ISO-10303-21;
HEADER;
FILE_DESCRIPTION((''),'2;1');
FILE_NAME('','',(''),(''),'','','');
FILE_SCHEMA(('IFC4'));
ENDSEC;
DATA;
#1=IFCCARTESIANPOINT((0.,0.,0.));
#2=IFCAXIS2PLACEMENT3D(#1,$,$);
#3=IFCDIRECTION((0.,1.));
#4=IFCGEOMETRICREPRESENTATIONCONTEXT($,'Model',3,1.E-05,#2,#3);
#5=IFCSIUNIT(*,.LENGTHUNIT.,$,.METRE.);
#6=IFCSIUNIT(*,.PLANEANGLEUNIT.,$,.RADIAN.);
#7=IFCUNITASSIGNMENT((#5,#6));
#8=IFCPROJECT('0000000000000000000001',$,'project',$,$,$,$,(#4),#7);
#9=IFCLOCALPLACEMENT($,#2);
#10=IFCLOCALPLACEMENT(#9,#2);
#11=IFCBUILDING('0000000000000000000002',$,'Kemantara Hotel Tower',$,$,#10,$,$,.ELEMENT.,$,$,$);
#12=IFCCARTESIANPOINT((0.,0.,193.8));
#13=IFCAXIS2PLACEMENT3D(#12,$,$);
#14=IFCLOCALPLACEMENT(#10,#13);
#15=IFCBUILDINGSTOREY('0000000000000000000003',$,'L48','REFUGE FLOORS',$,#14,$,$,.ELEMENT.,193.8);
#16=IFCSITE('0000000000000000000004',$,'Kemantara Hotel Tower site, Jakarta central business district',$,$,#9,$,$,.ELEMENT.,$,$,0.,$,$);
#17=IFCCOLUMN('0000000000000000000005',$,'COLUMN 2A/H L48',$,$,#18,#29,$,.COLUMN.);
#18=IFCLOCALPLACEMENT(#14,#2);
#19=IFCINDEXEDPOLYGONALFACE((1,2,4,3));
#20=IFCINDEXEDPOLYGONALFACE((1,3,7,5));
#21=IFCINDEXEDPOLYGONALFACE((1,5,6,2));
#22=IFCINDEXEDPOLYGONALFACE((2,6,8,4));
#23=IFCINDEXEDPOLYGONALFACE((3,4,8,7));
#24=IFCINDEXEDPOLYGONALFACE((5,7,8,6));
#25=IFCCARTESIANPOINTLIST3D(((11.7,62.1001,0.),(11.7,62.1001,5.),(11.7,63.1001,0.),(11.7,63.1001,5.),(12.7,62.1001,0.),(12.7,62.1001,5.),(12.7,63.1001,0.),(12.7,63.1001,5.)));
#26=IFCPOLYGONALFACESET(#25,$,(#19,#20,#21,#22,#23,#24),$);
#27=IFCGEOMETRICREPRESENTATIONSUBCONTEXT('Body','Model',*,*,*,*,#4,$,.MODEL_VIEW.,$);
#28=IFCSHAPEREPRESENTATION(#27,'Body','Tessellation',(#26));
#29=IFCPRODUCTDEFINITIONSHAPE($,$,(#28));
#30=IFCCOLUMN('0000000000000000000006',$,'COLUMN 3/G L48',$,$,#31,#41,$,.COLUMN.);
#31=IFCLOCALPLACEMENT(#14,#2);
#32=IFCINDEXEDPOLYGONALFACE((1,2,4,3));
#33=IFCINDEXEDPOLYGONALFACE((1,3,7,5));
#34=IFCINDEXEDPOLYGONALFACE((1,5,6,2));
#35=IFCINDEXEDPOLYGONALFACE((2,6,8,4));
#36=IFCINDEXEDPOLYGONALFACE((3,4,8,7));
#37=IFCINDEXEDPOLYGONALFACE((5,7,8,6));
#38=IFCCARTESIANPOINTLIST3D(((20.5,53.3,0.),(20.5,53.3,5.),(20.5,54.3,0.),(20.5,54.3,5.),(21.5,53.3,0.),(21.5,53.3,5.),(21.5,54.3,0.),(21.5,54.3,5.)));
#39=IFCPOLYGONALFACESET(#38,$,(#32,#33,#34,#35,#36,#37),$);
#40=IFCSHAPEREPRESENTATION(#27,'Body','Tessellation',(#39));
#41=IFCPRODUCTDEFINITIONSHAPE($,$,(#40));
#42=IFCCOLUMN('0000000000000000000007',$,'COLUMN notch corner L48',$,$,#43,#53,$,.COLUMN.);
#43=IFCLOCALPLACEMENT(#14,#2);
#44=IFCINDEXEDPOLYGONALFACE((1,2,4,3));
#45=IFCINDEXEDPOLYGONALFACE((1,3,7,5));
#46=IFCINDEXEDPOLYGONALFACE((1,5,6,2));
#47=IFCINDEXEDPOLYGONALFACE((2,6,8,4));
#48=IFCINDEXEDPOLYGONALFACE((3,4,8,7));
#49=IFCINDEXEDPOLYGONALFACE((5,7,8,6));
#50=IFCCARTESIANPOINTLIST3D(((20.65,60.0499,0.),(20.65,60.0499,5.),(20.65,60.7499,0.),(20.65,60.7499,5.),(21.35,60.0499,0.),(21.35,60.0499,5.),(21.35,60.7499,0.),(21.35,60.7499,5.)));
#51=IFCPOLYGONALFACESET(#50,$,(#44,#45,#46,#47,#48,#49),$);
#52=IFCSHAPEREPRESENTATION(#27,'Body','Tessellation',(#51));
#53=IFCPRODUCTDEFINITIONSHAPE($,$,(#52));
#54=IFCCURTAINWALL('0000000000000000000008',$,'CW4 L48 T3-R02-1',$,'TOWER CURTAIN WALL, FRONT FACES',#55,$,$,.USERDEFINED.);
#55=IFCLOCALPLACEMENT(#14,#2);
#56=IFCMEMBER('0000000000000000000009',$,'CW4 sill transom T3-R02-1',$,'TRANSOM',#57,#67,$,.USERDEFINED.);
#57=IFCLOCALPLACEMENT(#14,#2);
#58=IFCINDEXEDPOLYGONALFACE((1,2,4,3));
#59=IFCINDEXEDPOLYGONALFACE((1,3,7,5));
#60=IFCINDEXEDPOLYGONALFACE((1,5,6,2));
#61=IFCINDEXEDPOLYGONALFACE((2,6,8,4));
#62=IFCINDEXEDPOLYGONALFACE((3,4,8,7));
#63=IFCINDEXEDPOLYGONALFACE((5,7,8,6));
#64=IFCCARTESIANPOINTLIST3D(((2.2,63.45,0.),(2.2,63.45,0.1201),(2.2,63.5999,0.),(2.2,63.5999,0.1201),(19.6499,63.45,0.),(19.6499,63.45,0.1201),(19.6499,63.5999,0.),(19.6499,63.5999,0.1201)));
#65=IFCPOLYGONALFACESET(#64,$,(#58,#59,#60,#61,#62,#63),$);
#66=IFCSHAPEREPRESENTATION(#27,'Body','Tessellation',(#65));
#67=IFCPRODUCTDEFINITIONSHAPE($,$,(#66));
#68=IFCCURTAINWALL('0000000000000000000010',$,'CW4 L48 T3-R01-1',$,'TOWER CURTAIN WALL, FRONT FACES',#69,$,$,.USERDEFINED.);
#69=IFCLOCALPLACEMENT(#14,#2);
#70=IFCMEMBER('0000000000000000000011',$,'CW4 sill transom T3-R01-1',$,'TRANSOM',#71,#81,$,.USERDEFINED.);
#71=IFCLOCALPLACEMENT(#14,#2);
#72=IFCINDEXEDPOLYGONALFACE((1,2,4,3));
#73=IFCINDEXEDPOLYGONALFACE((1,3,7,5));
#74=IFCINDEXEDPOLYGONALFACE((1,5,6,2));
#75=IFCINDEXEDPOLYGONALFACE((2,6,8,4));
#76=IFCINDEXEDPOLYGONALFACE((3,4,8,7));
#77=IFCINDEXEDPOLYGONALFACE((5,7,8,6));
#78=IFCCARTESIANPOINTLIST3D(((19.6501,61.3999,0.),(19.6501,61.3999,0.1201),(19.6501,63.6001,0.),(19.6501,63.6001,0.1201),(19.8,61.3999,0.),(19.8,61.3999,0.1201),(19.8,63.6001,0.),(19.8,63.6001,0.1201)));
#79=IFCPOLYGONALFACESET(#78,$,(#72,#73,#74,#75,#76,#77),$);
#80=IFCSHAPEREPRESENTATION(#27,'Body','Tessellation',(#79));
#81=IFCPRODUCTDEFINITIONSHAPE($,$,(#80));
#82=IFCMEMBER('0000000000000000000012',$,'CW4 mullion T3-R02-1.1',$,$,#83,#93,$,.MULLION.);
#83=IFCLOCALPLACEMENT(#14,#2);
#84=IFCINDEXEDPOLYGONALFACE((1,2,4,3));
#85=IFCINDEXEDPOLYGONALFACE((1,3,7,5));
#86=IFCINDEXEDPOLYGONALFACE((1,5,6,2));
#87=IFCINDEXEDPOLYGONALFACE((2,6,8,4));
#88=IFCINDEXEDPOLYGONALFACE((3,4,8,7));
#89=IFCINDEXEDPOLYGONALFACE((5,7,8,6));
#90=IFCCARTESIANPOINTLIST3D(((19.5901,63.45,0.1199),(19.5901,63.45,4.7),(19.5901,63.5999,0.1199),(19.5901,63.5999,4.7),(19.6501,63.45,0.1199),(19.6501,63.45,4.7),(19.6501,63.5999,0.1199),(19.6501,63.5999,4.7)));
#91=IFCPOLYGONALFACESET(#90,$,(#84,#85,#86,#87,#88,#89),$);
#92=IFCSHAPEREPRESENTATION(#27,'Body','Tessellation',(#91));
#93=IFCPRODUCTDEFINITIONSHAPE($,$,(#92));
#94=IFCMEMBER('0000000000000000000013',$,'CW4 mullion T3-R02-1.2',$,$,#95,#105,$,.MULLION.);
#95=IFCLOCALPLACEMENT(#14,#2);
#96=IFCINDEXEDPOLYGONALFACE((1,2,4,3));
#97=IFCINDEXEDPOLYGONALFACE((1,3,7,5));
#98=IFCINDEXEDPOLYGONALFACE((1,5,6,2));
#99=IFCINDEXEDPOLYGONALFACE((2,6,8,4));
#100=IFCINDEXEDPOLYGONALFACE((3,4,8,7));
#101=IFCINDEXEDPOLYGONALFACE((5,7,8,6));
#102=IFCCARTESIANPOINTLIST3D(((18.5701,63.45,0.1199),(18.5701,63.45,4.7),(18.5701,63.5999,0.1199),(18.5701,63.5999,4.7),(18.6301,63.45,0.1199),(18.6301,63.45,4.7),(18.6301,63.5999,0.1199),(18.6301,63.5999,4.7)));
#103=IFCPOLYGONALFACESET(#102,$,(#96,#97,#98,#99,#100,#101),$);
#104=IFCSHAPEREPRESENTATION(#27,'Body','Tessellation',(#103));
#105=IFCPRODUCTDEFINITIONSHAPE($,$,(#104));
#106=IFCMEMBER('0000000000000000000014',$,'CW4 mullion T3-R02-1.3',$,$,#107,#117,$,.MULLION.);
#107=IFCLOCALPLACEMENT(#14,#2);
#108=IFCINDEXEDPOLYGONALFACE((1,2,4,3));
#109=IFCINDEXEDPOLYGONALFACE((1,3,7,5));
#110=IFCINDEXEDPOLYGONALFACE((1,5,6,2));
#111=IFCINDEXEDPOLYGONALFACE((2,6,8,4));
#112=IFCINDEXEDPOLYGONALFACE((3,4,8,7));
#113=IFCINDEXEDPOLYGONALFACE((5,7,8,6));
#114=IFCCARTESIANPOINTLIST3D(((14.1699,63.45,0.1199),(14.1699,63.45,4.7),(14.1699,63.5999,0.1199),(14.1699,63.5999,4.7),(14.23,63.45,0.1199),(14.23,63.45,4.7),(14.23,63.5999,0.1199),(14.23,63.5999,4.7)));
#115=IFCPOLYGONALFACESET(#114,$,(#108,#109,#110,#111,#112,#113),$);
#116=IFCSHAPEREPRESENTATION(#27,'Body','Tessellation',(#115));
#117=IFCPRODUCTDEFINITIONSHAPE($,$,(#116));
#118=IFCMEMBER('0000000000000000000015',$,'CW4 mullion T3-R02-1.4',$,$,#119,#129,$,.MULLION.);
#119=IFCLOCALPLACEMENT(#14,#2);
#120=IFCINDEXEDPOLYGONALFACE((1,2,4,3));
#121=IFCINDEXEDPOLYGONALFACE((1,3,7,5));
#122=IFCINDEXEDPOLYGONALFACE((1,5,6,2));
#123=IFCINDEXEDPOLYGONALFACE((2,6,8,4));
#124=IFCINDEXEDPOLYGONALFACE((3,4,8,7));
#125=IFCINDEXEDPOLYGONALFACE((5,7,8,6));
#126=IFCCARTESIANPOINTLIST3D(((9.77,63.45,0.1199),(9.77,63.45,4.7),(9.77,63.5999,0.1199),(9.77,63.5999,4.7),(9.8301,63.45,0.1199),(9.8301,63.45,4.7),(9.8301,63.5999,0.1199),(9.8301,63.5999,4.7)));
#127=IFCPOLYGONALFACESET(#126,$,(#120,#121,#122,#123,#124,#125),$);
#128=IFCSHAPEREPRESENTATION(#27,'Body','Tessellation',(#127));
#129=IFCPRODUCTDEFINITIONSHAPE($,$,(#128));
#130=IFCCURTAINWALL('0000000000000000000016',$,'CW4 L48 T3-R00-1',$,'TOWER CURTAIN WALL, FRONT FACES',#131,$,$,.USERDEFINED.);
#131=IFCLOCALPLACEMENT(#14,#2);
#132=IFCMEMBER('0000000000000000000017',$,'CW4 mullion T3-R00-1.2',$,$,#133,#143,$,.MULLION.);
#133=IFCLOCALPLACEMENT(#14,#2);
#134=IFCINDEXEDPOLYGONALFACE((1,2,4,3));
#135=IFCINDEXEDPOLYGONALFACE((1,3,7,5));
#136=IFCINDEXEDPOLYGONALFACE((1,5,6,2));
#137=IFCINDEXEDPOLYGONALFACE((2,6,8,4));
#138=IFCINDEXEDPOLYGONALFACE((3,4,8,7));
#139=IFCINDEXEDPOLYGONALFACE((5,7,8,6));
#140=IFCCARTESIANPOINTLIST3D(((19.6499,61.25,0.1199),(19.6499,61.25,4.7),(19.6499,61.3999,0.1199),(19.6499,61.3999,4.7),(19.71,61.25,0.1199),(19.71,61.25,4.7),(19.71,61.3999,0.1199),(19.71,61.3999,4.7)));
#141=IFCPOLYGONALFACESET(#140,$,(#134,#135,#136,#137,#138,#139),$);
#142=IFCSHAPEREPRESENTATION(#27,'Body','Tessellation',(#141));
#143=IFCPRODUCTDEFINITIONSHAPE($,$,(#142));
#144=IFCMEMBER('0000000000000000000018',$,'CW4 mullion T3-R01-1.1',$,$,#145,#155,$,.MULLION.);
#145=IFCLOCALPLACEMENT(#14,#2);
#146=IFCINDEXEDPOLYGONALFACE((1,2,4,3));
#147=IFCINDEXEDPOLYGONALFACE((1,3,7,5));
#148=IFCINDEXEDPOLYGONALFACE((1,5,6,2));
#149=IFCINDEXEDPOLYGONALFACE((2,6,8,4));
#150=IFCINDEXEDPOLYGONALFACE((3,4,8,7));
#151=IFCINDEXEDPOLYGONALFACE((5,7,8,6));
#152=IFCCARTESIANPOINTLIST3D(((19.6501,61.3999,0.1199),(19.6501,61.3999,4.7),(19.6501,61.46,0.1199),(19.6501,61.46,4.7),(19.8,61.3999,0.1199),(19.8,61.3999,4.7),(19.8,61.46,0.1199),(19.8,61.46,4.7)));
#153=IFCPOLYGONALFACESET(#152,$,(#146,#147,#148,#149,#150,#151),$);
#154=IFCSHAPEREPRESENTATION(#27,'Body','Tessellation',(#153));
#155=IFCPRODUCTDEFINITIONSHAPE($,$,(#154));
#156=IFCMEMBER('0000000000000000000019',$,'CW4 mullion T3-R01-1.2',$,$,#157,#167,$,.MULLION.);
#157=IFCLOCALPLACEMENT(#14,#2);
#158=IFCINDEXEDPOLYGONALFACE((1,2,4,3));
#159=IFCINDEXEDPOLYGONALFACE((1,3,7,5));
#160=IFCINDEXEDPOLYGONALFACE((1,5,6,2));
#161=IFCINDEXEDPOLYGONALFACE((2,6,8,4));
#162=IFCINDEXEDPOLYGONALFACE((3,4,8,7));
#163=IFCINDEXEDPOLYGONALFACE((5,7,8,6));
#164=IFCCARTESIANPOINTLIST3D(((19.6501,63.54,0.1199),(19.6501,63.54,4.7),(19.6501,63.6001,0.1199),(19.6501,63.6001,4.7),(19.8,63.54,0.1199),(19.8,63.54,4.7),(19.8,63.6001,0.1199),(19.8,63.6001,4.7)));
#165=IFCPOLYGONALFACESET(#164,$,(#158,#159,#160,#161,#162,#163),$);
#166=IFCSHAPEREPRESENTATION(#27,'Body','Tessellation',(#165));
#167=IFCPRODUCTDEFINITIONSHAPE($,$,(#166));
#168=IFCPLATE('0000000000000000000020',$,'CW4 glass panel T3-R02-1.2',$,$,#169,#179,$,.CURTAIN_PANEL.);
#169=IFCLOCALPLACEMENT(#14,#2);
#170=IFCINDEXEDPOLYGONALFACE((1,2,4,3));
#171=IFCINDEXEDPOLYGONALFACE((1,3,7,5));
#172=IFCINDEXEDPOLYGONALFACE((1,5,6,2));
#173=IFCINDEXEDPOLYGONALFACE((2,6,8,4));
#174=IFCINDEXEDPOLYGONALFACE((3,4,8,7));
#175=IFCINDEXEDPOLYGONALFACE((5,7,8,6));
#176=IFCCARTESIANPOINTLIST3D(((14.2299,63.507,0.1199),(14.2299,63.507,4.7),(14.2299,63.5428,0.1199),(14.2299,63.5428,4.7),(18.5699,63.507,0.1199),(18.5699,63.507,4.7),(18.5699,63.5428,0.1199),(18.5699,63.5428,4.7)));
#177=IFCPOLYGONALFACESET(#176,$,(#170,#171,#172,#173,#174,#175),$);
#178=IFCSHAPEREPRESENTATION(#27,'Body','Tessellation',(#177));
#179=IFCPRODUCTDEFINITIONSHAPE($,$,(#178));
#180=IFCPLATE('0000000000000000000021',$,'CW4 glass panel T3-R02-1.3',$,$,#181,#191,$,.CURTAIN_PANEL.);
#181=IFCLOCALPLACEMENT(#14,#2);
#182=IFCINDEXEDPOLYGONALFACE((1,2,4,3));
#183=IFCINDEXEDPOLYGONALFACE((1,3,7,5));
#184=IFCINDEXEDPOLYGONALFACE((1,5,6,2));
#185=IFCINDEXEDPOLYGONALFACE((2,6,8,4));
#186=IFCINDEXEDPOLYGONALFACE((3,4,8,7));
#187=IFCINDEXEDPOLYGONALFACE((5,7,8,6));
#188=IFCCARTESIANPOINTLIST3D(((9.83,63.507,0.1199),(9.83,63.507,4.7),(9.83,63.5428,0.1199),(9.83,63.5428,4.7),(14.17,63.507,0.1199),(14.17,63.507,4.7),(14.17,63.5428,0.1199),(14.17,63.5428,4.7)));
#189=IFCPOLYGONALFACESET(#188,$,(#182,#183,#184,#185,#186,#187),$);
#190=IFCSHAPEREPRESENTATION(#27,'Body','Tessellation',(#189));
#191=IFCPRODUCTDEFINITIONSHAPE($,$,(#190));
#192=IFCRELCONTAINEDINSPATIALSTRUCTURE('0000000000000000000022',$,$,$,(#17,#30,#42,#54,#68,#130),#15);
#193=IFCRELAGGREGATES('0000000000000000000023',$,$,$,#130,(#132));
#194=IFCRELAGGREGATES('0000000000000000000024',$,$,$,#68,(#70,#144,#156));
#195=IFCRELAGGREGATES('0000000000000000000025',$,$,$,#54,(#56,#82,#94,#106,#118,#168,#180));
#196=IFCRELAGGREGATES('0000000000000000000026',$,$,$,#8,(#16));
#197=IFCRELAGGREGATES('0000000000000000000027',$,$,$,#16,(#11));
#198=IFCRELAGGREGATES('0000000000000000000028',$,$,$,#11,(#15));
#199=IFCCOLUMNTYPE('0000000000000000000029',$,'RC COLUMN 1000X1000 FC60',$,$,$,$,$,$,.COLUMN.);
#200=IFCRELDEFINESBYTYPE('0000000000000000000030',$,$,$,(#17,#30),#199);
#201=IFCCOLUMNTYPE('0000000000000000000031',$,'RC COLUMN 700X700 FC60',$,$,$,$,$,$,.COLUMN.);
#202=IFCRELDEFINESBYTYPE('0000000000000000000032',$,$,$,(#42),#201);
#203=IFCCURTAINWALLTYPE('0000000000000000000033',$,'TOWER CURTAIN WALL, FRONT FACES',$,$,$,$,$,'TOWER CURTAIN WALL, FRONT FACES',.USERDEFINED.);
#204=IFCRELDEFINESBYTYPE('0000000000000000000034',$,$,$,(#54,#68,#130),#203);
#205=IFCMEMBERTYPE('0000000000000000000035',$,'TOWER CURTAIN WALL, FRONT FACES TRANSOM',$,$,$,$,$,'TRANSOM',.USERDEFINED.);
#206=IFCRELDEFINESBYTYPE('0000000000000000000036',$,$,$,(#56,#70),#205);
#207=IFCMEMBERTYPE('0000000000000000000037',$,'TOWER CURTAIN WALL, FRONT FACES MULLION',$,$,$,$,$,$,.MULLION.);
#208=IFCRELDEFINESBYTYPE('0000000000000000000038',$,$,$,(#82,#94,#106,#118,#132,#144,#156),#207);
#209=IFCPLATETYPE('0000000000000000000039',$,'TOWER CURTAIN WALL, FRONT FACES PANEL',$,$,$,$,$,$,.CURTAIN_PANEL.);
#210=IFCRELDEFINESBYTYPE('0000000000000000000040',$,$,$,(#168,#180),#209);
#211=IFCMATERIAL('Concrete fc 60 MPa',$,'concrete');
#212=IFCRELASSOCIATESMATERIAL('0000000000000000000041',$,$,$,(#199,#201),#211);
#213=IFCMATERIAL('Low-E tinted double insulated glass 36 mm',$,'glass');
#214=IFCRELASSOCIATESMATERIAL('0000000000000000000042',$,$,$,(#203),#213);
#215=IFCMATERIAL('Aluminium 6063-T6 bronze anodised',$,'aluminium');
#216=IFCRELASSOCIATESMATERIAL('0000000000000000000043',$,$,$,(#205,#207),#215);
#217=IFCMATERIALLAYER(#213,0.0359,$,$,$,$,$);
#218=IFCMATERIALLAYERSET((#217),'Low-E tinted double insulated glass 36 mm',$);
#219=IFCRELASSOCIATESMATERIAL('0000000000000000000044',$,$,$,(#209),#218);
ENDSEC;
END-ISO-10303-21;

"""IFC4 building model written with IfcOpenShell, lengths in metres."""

from ifc_helpers import new_model, si_unit, direction, frame, origin, origin_2d, place, context, subcontext, project, spatial, rectangle, extrude, source, transform, mapped, material, layer, layer_set, material_profile, profile_set, type_object, element, aggregate, save


model = new_model("IFC4")

# Units and contexts
model_context = context("Model", 3, precision=1e-05, world=origin(), true_north=direction((0.0, 1.0)))
body_context = subcontext(model_context, "Body", "Model", "MODEL_VIEW")
ifc_project = project(units=[si_unit("LENGTHUNIT", "METRE"), si_unit("PLANEANGLEUNIT", "RADIAN")], contexts=[model_context])

# Site, building, storey
site_placement = place(None, origin())
site = spatial("IfcSite", under=ifc_project, at=site_placement, Name="Kemantara Hotel Tower site, Jakarta central business district", CompositionType="ELEMENT", RefElevation=0.0)
building_placement = place(site_placement, origin())
building = spatial("IfcBuilding", under=site, at=building_placement, Name="Kemantara Hotel Tower", CompositionType="ELEMENT")
storey_placement = place(building_placement, frame((0.0, 0.0, 193.8)))
storey = spatial("IfcBuildingStorey", under=building, at=storey_placement, Name="L48", Description="REFUGE FLOORS", CompositionType="ELEMENT", Elevation=193.8)

# Columns
ifc_material_1 = material(Name="Concrete fc 60 MPa", Category="concrete")
ifc_material_profile_1 = material_profile(ifc_material_1, rectangle(XDim=1.0, YDim=1.0, at=origin_2d()), Name="RC 1000X1000")
ifc_profile_set_1 = profile_set([ifc_material_profile_1], Name="Concrete fc 60 MPa")
column_type_1 = type_object("IfcColumnType", Name="RC COLUMN 1000X1000 FC60", PredefinedType="COLUMN", material=ifc_profile_set_1)
for number, where, z_axis, x_axis, name in (
    (1, (12.2, 62.6001, 0.0), (0.0, 0.0, 1.0), (1.0, 0.0, 0.0), "COLUMN 2A/H L48"),
    (2, (21.0, 53.8, 0.0), (0.0, 0.0, 1.0), (1.0, 0.0, 0.0), "COLUMN 3/G L48"),
):
    element("IfcColumn", number, at=place(storey_placement, frame(where, z_axis=z_axis, x_axis=x_axis)), inside=storey, type_object=column_type_1, Name=name, PredefinedType="COLUMN", context=body_context, shape_type="SweptSolid", body=[
        extrude(rectangle(XDim=1.0, YDim=1.0, at=origin_2d()), origin(), (0.0, 0.0, 1.0), 5.0),
    ])
ifc_material_profile_2 = material_profile(ifc_material_1, rectangle(XDim=0.7, YDim=0.7, at=origin_2d()), Name="RC 700X700")
ifc_profile_set_2 = profile_set([ifc_material_profile_2], Name="Concrete fc 60 MPa")
column_type_2 = type_object("IfcColumnType", Name="RC COLUMN 700X700 FC60", PredefinedType="COLUMN", material=ifc_profile_set_2)
column_placement = place(storey_placement, frame((21.0, 60.3999, 0.0), z_axis=(0.0, 0.0, 1.0), x_axis=(1.0, 0.0, 0.0)))
element("IfcColumn", 3, at=column_placement, inside=storey, type_object=column_type_2, Name="COLUMN notch corner L48", PredefinedType="COLUMN", context=body_context, shape_type="SweptSolid", body=[
    extrude(rectangle(XDim=0.7, YDim=0.7, at=origin_2d()), origin(), (0.0, 0.0, 1.0), 5.0),
])

# Curtain walls, members
ifc_material_2 = material(Name="Low-E tinted double insulated glass 36 mm", Category="glass")
curtain_wall_type = type_object("IfcCurtainWallType", Name="TOWER CURTAIN WALL, FRONT FACES", ElementType="TOWER CURTAIN WALL, FRONT FACES", PredefinedType="USERDEFINED", material=ifc_material_2)
curtain_wall_1_placement = place(storey_placement, origin())
curtain_wall_1 = element("IfcCurtainWall", 4, at=curtain_wall_1_placement, inside=storey, type_object=curtain_wall_type, Name="CW4 L48 T3-R02-1", ObjectType="TOWER CURTAIN WALL, FRONT FACES", PredefinedType="USERDEFINED")
ifc_material_3 = material(Name="Aluminium 6063-T6 bronze anodised", Category="aluminium")
ifc_material_profile_3 = material_profile(ifc_material_3, rectangle(XDim=0.1499, YDim=0.1201, at=origin_2d()), Name="TOWER CURTAIN WALL, FRONT FACES TRANSOM")
ifc_profile_set_3 = profile_set([ifc_material_profile_3], Name="Aluminium 6063-T6 bronze anodised")
member_type_1 = type_object("IfcMemberType", Name="TOWER CURTAIN WALL, FRONT FACES TRANSOM", ElementType="TRANSOM", PredefinedType="USERDEFINED", material=ifc_profile_set_3)
member_1_placement = place(storey_placement, frame((19.6499, 63.5249, 0.0601), z_axis=(-1.0, 0.0, 0.0), x_axis=(0.0, -1.0, 0.0)))
member_1 = element("IfcMember", 5, at=member_1_placement, type_object=member_type_1, Name="CW4 sill transom T3-R02-1", ObjectType="TRANSOM", PredefinedType="USERDEFINED", context=body_context, shape_type="SweptSolid", body=[
    extrude(rectangle(XDim=0.1499, YDim=0.1201, at=origin_2d()), origin(), (0.0, 0.0, 1.0), 17.45),
])
curtain_wall_2_placement = place(storey_placement, origin())
curtain_wall_2 = element("IfcCurtainWall", 6, at=curtain_wall_2_placement, inside=storey, type_object=curtain_wall_type, Name="CW4 L48 T3-R01-1", ObjectType="TOWER CURTAIN WALL, FRONT FACES", PredefinedType="USERDEFINED")
member_2_placement = place(storey_placement, frame((19.7251, 61.3999, 0.0601), z_axis=(0.0, 1.0, 0.0), x_axis=(-1.0, 0.0, 0.0)))
member_2 = element("IfcMember", 7, at=member_2_placement, type_object=member_type_1, Name="CW4 sill transom T3-R01-1", ObjectType="TRANSOM", PredefinedType="USERDEFINED", context=body_context, shape_type="SweptSolid", body=[
    extrude(rectangle(XDim=0.1499, YDim=0.1201, at=origin_2d()), origin(), (0.0, 0.0, 1.0), 2.2002),
])

# Members
ifc_material_profile_4 = material_profile(ifc_material_3, rectangle(XDim=0.1499, YDim=0.0601, at=origin_2d()), Name="TOWER CURTAIN WALL, FRONT FACES MULLION")
ifc_profile_set_4 = profile_set([ifc_material_profile_4], Name="Aluminium 6063-T6 bronze anodised")
member_type_2 = type_object("IfcMemberType", Name="TOWER CURTAIN WALL, FRONT FACES MULLION", PredefinedType="MULLION", material=ifc_profile_set_4)
shared_shape_1 = source(origin(), body_context, "Body", "SweptSolid", [
    extrude(rectangle(XDim=0.1499, YDim=0.0601, at=origin_2d()), origin(), (0.0, 0.0, 1.0), 4.5801),
])
member_3_placement = place(storey_placement, frame((19.6201, 63.5249, 0.1199), z_axis=(0.0, 0.0, 1.0), x_axis=(0.0, -1.0, 0.0)))
member_3 = element("IfcMember", 8, at=member_3_placement, type_object=member_type_2, Name="CW4 mullion T3-R02-1.1", PredefinedType="MULLION", context=body_context, shape_type="MappedRepresentation", body=[
    mapped(shared_shape_1, transform((0.0, 0.0, 0.0))),
])
member_4_placement = place(storey_placement, frame((18.6001, 63.5249, 0.1199), z_axis=(0.0, 0.0, 1.0), x_axis=(0.0, -1.0, 0.0)))
member_4 = element("IfcMember", 9, at=member_4_placement, type_object=member_type_2, Name="CW4 mullion T3-R02-1.2", PredefinedType="MULLION", context=body_context, shape_type="MappedRepresentation", body=[
    mapped(shared_shape_1, transform((0.0, 0.0, 0.0))),
])
member_5_placement = place(storey_placement, frame((14.2, 63.5249, 0.1199), z_axis=(0.0, 0.0, 1.0), x_axis=(0.0, -1.0, 0.0)))
member_5 = element("IfcMember", 10, at=member_5_placement, type_object=member_type_2, Name="CW4 mullion T3-R02-1.3", PredefinedType="MULLION", context=body_context, shape_type="MappedRepresentation", body=[
    mapped(shared_shape_1, transform((0.0, 0.0, 0.0))),
])
member_6_placement = place(storey_placement, frame((9.8, 63.5249, 0.1199), z_axis=(0.0, 0.0, 1.0), x_axis=(0.0, -1.0, 0.0)))
member_6 = element("IfcMember", 11, at=member_6_placement, type_object=member_type_2, Name="CW4 mullion T3-R02-1.4", PredefinedType="MULLION", context=body_context, shape_type="MappedRepresentation", body=[
    mapped(shared_shape_1, transform((0.0, 0.0, 0.0))),
])

# Curtain wall, member
curtain_wall_3_placement = place(storey_placement, origin())
curtain_wall_3 = element("IfcCurtainWall", 12, at=curtain_wall_3_placement, inside=storey, type_object=curtain_wall_type, Name="CW4 L48 T3-R00-1", ObjectType="TOWER CURTAIN WALL, FRONT FACES", PredefinedType="USERDEFINED")
member_7_placement = place(storey_placement, frame((19.6799, 61.325, 0.1199), z_axis=(0.0, 0.0, 1.0), x_axis=(0.0, -1.0, 0.0)))
member_7 = element("IfcMember", 13, at=member_7_placement, type_object=member_type_2, Name="CW4 mullion T3-R00-1.2", PredefinedType="MULLION", context=body_context, shape_type="MappedRepresentation", body=[
    mapped(shared_shape_1, transform((0.0, 0.0, 0.0))),
])

# Members
member_8_placement = place(storey_placement, frame((19.7251, 61.4299, 0.1199), z_axis=(0.0, 0.0, 1.0), x_axis=(-1.0, 0.0, 0.0)))
member_8 = element("IfcMember", 14, at=member_8_placement, type_object=member_type_2, Name="CW4 mullion T3-R01-1.1", PredefinedType="MULLION", context=body_context, shape_type="MappedRepresentation", body=[
    mapped(shared_shape_1, transform((0.0, 0.0, 0.0))),
])
member_9_placement = place(storey_placement, frame((19.7251, 63.5701, 0.1199), z_axis=(0.0, 0.0, 1.0), x_axis=(-1.0, 0.0, 0.0)))
member_9 = element("IfcMember", 15, at=member_9_placement, type_object=member_type_2, Name="CW4 mullion T3-R01-1.2", PredefinedType="MULLION", context=body_context, shape_type="MappedRepresentation", body=[
    mapped(shared_shape_1, transform((0.0, 0.0, 0.0))),
])

# Plates
ifc_layer_1 = layer(ifc_material_2, 0.0359)
ifc_layer_set_1 = layer_set([ifc_layer_1], Name="Low-E tinted double insulated glass 36 mm")
plate_type = type_object("IfcPlateType", Name="TOWER CURTAIN WALL, FRONT FACES PANEL", PredefinedType="CURTAIN_PANEL", material=ifc_layer_set_1)
shared_shape_2 = source(origin(), body_context, "Body", "SweptSolid", [
    extrude(rectangle(XDim=4.3401, YDim=0.0359, at=origin_2d()), origin(), (0.0, 0.0, 1.0), 4.5801),
])
plate_1_placement = place(storey_placement, frame((16.3999, 63.5249, 0.1199), z_axis=(0.0, 0.0, 1.0), x_axis=(-1.0, 0.0, 0.0)))
plate_1 = element("IfcPlate", 16, at=plate_1_placement, type_object=plate_type, Name="CW4 glass panel T3-R02-1.2", PredefinedType="CURTAIN_PANEL", context=body_context, shape_type="MappedRepresentation", body=[
    mapped(shared_shape_2, transform((0.0, 0.0, 0.0))),
])
plate_2_placement = place(storey_placement, frame((12.0, 63.5249, 0.1199), z_axis=(0.0, 0.0, 1.0), x_axis=(-1.0, 0.0, 0.0)))
plate_2 = element("IfcPlate", 17, at=plate_2_placement, type_object=plate_type, Name="CW4 glass panel T3-R02-1.3", PredefinedType="CURTAIN_PANEL", context=body_context, shape_type="MappedRepresentation", body=[
    mapped(shared_shape_2, transform((0.0, 0.0, 0.0))),
])
aggregate(curtain_wall_3, [member_7])
aggregate(curtain_wall_2, [member_2, member_8, member_9])
aggregate(curtain_wall_1, [member_1, member_3, member_4, member_5, member_6, plate_1, plate_2])

save(model, "model.ifc")
